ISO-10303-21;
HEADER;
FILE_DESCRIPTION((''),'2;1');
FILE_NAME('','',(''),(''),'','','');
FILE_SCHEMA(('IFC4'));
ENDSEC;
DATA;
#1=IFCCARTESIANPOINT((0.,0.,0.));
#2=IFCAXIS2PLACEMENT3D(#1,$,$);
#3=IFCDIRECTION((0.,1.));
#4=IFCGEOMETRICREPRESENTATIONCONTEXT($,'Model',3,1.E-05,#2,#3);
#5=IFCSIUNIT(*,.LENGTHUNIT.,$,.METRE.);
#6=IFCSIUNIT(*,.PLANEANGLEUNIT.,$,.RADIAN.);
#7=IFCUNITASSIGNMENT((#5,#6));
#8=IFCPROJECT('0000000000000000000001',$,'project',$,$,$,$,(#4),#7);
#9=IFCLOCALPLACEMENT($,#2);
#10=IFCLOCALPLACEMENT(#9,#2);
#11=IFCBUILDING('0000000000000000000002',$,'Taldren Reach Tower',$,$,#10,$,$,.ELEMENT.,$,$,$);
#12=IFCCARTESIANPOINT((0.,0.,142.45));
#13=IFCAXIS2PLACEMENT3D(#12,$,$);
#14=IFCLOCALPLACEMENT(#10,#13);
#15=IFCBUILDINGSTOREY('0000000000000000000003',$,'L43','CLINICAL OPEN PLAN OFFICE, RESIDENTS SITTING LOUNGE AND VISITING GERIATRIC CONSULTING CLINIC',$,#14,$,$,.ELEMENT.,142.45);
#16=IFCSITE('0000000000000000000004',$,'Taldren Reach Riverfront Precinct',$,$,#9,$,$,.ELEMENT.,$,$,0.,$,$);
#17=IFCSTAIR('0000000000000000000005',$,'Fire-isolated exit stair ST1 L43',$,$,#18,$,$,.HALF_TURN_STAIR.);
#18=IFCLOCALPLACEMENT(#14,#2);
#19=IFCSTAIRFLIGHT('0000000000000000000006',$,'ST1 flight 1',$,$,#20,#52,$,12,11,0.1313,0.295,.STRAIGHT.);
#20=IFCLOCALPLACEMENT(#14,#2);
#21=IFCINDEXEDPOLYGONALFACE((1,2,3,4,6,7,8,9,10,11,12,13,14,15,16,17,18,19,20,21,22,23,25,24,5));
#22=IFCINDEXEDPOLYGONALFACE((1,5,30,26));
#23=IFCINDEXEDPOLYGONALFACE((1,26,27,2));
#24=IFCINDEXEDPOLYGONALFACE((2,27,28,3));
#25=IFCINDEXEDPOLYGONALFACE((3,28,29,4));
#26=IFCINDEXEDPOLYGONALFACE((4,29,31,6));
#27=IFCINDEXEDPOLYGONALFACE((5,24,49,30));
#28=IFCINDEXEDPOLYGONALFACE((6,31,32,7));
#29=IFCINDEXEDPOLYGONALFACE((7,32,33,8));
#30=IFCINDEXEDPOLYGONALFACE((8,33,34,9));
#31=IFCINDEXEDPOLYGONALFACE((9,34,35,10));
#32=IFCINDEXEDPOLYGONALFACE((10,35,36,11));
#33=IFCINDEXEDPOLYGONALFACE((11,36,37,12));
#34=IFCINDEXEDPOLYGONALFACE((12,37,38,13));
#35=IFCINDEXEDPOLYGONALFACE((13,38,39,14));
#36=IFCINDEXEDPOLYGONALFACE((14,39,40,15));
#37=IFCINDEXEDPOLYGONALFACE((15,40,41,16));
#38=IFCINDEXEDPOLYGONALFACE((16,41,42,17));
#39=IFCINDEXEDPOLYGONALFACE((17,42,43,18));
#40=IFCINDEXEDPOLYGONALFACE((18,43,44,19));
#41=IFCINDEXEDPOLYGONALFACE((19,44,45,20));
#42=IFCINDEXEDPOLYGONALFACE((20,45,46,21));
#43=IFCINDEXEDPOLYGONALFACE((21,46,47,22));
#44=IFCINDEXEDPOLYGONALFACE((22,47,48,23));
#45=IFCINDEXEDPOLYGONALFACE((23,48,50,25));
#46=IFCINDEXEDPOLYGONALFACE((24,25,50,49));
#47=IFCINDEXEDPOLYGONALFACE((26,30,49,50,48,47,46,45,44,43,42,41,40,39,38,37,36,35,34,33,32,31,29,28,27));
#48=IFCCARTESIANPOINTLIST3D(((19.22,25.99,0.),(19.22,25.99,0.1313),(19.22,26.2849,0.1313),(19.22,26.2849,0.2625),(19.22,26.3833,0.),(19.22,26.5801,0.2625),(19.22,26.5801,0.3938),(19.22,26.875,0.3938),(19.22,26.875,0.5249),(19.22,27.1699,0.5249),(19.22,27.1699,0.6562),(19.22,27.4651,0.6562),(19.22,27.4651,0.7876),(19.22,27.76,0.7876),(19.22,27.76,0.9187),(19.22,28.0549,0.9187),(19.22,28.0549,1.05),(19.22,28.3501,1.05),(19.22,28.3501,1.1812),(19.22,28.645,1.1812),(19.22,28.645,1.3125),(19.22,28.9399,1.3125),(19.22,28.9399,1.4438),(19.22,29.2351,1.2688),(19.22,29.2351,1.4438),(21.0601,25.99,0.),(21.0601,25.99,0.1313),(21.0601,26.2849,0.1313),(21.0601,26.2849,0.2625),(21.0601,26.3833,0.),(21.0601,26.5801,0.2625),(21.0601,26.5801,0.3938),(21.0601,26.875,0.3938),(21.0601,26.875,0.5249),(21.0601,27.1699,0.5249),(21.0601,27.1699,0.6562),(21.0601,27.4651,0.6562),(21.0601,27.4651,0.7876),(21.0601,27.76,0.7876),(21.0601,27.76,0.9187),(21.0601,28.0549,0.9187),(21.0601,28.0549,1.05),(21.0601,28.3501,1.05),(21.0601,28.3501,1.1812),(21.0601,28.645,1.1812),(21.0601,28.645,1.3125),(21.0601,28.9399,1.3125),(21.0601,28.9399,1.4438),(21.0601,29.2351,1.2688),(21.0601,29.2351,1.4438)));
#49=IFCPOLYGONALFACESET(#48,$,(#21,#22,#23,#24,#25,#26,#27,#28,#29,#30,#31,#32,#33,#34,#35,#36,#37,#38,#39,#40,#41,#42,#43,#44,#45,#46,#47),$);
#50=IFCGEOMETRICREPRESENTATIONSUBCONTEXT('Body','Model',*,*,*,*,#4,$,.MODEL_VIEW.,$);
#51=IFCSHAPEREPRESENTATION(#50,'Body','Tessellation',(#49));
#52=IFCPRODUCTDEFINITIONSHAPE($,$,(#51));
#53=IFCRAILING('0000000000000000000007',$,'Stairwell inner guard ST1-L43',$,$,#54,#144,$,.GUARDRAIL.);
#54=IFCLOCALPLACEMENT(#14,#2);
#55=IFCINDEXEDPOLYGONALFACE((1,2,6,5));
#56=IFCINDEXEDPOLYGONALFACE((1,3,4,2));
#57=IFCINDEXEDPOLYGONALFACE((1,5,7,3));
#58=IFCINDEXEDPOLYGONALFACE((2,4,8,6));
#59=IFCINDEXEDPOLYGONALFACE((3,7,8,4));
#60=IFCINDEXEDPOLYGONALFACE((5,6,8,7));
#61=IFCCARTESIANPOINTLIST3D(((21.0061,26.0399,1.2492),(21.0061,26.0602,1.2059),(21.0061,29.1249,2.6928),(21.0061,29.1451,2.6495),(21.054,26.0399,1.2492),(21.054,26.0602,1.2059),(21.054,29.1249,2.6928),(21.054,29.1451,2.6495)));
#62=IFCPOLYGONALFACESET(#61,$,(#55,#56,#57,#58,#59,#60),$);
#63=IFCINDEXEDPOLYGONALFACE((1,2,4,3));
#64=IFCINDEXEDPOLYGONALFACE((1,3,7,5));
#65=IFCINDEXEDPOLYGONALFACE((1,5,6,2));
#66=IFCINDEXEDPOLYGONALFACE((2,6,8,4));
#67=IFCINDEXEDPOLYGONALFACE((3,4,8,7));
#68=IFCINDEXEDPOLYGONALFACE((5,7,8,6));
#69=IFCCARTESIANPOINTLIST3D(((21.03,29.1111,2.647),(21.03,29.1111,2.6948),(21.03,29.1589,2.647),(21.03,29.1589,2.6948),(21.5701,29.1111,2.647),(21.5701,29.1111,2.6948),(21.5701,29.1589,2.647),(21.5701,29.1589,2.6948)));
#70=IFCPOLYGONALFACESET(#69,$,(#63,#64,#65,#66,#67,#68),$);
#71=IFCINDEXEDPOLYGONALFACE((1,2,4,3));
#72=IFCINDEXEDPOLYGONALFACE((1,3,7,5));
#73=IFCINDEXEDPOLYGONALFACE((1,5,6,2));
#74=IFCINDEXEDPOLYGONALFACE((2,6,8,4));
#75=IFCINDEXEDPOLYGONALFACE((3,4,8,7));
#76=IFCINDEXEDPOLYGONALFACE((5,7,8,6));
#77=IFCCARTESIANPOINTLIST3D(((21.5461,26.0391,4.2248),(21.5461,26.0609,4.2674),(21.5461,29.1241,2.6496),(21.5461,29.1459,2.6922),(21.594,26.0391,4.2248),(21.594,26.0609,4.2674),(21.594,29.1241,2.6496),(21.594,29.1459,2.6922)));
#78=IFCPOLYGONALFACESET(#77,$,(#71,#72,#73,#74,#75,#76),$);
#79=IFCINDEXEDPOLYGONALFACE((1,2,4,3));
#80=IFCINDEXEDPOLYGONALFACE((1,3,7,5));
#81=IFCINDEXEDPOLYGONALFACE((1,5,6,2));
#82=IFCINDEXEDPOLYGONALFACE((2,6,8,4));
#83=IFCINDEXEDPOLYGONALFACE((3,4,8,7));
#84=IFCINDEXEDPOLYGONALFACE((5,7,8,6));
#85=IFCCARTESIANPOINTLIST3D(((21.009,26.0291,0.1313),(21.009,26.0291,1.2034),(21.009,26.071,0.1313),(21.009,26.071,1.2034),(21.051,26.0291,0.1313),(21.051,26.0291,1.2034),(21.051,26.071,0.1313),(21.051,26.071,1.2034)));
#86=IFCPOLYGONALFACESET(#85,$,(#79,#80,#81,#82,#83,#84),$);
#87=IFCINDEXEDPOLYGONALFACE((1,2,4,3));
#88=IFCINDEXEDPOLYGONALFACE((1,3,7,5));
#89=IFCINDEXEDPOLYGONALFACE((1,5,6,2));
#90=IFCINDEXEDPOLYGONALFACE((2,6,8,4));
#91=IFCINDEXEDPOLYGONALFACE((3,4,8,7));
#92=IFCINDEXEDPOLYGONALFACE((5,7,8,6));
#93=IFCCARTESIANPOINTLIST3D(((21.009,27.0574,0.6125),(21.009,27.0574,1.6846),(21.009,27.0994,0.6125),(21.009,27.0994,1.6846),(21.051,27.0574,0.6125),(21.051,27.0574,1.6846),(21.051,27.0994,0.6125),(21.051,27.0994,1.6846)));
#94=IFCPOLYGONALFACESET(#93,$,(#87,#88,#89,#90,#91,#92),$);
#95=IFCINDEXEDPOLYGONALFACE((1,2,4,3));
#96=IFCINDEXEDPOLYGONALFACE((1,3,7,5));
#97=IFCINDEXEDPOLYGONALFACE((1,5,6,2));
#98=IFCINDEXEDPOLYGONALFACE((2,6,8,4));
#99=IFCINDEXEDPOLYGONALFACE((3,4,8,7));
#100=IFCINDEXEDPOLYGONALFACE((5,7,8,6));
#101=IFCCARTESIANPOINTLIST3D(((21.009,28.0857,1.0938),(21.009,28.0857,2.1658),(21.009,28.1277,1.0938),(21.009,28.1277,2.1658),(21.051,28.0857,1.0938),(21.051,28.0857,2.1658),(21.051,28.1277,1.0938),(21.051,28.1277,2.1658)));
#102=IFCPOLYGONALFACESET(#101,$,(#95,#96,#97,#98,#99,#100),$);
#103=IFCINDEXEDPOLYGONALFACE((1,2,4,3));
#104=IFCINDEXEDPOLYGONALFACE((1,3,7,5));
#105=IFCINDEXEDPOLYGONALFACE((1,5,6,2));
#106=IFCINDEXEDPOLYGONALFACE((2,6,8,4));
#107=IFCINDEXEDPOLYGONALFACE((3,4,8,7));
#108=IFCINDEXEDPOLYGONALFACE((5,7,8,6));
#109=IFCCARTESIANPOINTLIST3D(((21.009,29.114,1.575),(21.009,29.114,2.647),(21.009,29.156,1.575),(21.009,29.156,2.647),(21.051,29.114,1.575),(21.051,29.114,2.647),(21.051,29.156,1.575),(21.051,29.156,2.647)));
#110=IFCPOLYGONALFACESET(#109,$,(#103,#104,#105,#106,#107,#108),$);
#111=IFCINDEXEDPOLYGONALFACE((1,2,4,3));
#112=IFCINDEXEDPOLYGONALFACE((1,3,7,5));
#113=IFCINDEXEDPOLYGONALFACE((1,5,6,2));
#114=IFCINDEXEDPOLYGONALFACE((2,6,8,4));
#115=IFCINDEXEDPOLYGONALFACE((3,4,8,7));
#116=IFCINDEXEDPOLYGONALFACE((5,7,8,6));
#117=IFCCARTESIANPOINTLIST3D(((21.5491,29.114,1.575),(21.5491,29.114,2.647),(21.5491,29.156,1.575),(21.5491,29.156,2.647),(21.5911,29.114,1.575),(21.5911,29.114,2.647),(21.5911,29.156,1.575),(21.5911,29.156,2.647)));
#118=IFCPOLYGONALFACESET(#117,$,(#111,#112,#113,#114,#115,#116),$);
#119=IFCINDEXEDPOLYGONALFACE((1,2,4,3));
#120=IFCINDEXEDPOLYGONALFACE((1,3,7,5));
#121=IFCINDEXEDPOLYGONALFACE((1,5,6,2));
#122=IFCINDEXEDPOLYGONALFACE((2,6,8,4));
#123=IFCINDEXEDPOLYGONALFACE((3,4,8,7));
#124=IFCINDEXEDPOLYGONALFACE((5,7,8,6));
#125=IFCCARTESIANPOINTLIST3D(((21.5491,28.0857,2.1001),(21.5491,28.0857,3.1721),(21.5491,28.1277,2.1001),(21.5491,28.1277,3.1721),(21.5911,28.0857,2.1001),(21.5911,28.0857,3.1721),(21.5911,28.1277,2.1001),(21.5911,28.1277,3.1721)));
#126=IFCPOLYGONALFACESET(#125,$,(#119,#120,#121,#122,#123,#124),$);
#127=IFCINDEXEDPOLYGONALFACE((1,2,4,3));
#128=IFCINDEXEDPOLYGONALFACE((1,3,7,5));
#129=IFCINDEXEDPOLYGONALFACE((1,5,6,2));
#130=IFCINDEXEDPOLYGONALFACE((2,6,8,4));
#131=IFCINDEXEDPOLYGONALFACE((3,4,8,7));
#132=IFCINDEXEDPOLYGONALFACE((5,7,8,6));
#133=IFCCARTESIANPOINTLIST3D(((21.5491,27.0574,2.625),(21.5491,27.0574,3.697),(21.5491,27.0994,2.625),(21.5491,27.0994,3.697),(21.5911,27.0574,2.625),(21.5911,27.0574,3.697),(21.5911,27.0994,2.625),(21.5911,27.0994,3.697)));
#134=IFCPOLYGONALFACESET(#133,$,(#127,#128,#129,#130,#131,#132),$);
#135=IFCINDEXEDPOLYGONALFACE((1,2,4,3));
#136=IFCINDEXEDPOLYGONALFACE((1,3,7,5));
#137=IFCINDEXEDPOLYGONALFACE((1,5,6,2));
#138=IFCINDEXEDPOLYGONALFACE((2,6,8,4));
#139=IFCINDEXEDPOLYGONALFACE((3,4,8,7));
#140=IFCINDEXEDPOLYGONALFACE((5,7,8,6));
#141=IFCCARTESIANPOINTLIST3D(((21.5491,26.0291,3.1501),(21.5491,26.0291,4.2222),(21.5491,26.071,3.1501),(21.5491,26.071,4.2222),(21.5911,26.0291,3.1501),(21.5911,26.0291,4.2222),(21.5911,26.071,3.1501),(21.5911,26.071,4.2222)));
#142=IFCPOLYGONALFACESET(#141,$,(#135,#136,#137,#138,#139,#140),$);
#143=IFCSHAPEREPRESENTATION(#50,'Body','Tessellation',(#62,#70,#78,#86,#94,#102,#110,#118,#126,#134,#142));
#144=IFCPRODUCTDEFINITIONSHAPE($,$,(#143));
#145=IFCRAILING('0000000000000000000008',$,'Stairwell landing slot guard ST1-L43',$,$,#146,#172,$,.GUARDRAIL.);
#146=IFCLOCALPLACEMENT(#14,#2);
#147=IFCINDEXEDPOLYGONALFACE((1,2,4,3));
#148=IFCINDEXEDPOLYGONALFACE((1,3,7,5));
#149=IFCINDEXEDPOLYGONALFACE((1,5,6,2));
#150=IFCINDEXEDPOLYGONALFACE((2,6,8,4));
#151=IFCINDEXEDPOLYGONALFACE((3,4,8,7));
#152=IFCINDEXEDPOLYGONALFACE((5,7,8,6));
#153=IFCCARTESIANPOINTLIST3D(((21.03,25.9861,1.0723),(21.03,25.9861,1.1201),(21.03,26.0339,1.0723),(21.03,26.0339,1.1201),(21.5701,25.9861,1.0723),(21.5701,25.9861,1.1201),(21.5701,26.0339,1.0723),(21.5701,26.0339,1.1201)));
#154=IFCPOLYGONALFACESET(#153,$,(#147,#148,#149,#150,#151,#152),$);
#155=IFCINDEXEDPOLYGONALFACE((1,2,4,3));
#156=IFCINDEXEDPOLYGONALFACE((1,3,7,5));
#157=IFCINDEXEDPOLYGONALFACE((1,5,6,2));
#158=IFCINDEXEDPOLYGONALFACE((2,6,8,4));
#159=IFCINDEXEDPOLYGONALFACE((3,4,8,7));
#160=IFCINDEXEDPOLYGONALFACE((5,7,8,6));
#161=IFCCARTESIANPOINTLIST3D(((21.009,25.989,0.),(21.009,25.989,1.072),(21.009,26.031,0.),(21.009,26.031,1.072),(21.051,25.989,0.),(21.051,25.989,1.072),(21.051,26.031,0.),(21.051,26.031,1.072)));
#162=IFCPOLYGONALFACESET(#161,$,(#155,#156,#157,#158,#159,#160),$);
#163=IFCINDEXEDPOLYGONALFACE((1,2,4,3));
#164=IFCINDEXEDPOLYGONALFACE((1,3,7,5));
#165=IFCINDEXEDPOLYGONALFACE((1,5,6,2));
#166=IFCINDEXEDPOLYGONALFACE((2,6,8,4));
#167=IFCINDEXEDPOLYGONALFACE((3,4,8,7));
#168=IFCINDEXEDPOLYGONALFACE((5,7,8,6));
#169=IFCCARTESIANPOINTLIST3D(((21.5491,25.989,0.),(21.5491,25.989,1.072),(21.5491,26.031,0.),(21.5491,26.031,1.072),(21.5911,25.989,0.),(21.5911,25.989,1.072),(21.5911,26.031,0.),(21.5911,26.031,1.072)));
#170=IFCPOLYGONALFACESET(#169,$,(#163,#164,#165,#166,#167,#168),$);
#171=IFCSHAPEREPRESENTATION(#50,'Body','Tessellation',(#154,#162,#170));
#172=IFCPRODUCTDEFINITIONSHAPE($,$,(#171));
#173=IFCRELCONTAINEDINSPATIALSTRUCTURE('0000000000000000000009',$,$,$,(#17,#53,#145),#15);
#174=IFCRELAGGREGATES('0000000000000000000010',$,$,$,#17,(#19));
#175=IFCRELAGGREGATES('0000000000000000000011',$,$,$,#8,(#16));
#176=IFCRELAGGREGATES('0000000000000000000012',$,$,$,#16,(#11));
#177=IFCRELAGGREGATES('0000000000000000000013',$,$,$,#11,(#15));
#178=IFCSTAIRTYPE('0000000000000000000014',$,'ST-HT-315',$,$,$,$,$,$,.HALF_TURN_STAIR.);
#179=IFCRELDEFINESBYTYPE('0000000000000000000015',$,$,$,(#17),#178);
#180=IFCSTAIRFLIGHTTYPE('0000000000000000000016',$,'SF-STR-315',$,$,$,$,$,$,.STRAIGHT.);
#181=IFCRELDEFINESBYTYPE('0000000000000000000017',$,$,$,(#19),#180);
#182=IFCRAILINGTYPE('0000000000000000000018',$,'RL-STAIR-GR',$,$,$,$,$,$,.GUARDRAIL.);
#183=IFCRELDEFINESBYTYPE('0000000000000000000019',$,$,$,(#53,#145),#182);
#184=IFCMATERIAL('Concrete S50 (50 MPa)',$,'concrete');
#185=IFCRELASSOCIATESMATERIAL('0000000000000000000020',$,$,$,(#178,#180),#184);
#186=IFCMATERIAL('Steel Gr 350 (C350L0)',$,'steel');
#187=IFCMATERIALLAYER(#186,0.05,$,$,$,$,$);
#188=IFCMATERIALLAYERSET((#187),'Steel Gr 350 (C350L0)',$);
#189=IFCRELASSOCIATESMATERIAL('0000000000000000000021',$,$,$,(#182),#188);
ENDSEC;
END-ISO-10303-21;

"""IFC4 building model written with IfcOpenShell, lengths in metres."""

from ifc_helpers import new_model, si_unit, direction, frame, origin, origin_2d, place, context, subcontext, project, spatial, polyline, rectangle, outline, extrude, material, layer, layer_set, type_object, element, aggregate, save


model = new_model("IFC4")

# Units and contexts
model_context = context("Model", 3, precision=1e-05, world=origin(), true_north=direction((0.0, 1.0)))
body_context = subcontext(model_context, "Body", "Model", "MODEL_VIEW")
ifc_project = project(units=[si_unit("LENGTHUNIT", "METRE"), si_unit("PLANEANGLEUNIT", "RADIAN")], contexts=[model_context])

# Site, building, storey
site_placement = place(None, origin())
site = spatial("IfcSite", under=ifc_project, at=site_placement, Name="Taldren Reach Riverfront Precinct", CompositionType="ELEMENT", RefElevation=0.0)
building_placement = place(site_placement, origin())
building = spatial("IfcBuilding", under=site, at=building_placement, Name="Taldren Reach Tower", CompositionType="ELEMENT")
storey_placement = place(building_placement, frame((0.0, 0.0, 142.45)))
storey = spatial("IfcBuildingStorey", under=building, at=storey_placement, Name="L43", Description="CLINICAL OPEN PLAN OFFICE, RESIDENTS SITTING LOUNGE AND VISITING GERIATRIC CONSULTING CLINIC", CompositionType="ELEMENT", Elevation=142.45)

# Shared definitions
ifc_material_1 = material(Name="Concrete S50 (50 MPa)", Category="concrete")

# Stair, stair flight
stair_type = type_object("IfcStairType", Name="ST-HT-315", PredefinedType="HALF_TURN_STAIR", material=ifc_material_1)
stair_placement = place(storey_placement, origin())
stair = element("IfcStair", 1, at=stair_placement, inside=storey, type_object=stair_type, Name="Fire-isolated exit stair ST1 L43", PredefinedType="HALF_TURN_STAIR")
stair_flight_type = type_object("IfcStairFlightType", Name="SF-STR-315", PredefinedType="STRAIGHT", material=ifc_material_1)
stair_flight_placement = place(storey_placement, frame((20.1399, 25.99, 0.0), z_axis=(0.0, 0.0, 1.0), x_axis=(0.0, 1.0, 0.0)))
stair_flight = element("IfcStairFlight", 2, at=stair_flight_placement, type_object=stair_flight_type, Name="ST1 flight 1", NumberOfRisers=12, NumberOfTreads=11, PredefinedType="STRAIGHT", RiserHeight=0.1313, TreadLength=0.295, context=body_context, shape_type="SweptSolid", body=[
    extrude(outline(polyline([(0.0, 0.0), (0.0, 0.1313), (0.2949, 0.1313), (0.2949, 0.2625), (0.5901, 0.2625), (0.5901, 0.3938), (0.885, 0.3938), (0.885, 0.5249), (1.1799, 0.5249), (1.1799, 0.6562), (1.4751, 0.6562), (1.4751, 0.7876), (1.77, 0.7876), (1.77, 0.9187), (2.0649, 0.9187), (2.0649, 1.05), (2.3601, 1.05), (2.3601, 1.1812), (2.655, 1.1812), (2.655, 1.3125), (2.95, 1.3125), (2.95, 1.4438), (3.2451, 1.4438), (3.2451, 1.575), (3.2451, 1.2688), (0.3933, 0.0), (0.0, 0.0)])), frame((0.0, 0.9199, 0.0), z_axis=(0.0, -1.0, 0.0), x_axis=(1.0, 0.0, 0.0)), (0.0, 0.0, 1.0), 1.8401),
])
aggregate(stair, [stair_flight])

# Railings
ifc_material_2 = material(Name="Steel Gr 350 (C350L0)", Category="steel")
ifc_layer_1 = layer(ifc_material_2, 0.05)
ifc_layer_set_1 = layer_set([ifc_layer_1], Name="Steel Gr 350 (C350L0)")
railing_type = type_object("IfcRailingType", Name="RL-STAIR-GR", PredefinedType="GUARDRAIL", material=ifc_layer_set_1)
railing_1_placement = place(storey_placement, frame((21.03, 26.05, 0.1313)))
element("IfcRailing", 3, at=railing_1_placement, inside=storey, type_object=railing_type, Name="Stairwell inner guard ST1-L43", PredefinedType="GUARDRAIL", context=body_context, shape_type="SweptSolid", body=[
    extrude(rectangle(XDim=0.0479, YDim=0.0479, at=origin_2d()), frame((0.0, 0.0, 1.0962), z_axis=(0.0, 0.905738, 0.423839), x_axis=(-1.0, 0.0, 0.0)), (0.0, 0.0, 1.0), 3.406),
    extrude(rectangle(XDim=0.0479, YDim=0.0479, at=origin_2d()), frame((0.0, 3.085, 2.5396), z_axis=(1.0, 0.0, 0.0), x_axis=(0.0, 1.0, 0.0)), (0.0, 0.0, 1.0), 0.54),
    extrude(rectangle(XDim=0.0479, YDim=0.0479, at=origin_2d()), frame((0.54, 3.085, 2.5396), z_axis=(0.0, -0.890617, 0.454753), x_axis=(1.0, 0.0, 0.0)), (0.0, 0.0, 1.0), 3.4639),
    extrude(rectangle(XDim=0.042, YDim=0.042, at=origin_2d()), origin(), (0.0, 0.0, 1.0), 1.072),
    extrude(rectangle(XDim=0.042, YDim=0.042, at=origin_2d()), frame((0.0, 1.0283, 0.4812)), (0.0, 0.0, 1.0), 1.072),
    extrude(rectangle(XDim=0.042, YDim=0.042, at=origin_2d()), frame((0.0, 2.0566, 0.9624)), (0.0, 0.0, 1.0), 1.072),
    extrude(rectangle(XDim=0.042, YDim=0.042, at=origin_2d()), frame((0.0, 3.085, 1.4436)), (0.0, 0.0, 1.0), 1.072),
    extrude(rectangle(XDim=0.042, YDim=0.042, at=origin_2d()), frame((0.54, 3.085, 1.4436)), (0.0, 0.0, 1.0), 1.072),
    extrude(rectangle(XDim=0.042, YDim=0.042, at=origin_2d()), frame((0.54, 2.0566, 1.9688)), (0.0, 0.0, 1.0), 1.072),
    extrude(rectangle(XDim=0.042, YDim=0.042, at=origin_2d()), frame((0.54, 1.0283, 2.4937)), (0.0, 0.0, 1.0), 1.072),
    extrude(rectangle(XDim=0.042, YDim=0.042, at=origin_2d()), frame((0.54, 0.0, 3.0188)), (0.0, 0.0, 1.0), 1.072),
])
railing_2_placement = place(storey_placement, frame((21.03, 26.01, 0.0)))
element("IfcRailing", 4, at=railing_2_placement, inside=storey, type_object=railing_type, Name="Stairwell landing slot guard ST1-L43", PredefinedType="GUARDRAIL", context=body_context, shape_type="SweptSolid", body=[
    extrude(rectangle(XDim=0.0479, YDim=0.0479, at=origin_2d()), frame((0.0, 0.0, 1.0962), z_axis=(1.0, 0.0, 0.0), x_axis=(0.0, 1.0, 0.0)), (0.0, 0.0, 1.0), 0.54),
    extrude(rectangle(XDim=0.042, YDim=0.042, at=origin_2d()), origin(), (0.0, 0.0, 1.0), 1.072),
    extrude(rectangle(XDim=0.042, YDim=0.042, at=origin_2d()), frame((0.54, 0.0, 0.0)), (0.0, 0.0, 1.0), 1.072),
])

save(model, "model.ifc")
